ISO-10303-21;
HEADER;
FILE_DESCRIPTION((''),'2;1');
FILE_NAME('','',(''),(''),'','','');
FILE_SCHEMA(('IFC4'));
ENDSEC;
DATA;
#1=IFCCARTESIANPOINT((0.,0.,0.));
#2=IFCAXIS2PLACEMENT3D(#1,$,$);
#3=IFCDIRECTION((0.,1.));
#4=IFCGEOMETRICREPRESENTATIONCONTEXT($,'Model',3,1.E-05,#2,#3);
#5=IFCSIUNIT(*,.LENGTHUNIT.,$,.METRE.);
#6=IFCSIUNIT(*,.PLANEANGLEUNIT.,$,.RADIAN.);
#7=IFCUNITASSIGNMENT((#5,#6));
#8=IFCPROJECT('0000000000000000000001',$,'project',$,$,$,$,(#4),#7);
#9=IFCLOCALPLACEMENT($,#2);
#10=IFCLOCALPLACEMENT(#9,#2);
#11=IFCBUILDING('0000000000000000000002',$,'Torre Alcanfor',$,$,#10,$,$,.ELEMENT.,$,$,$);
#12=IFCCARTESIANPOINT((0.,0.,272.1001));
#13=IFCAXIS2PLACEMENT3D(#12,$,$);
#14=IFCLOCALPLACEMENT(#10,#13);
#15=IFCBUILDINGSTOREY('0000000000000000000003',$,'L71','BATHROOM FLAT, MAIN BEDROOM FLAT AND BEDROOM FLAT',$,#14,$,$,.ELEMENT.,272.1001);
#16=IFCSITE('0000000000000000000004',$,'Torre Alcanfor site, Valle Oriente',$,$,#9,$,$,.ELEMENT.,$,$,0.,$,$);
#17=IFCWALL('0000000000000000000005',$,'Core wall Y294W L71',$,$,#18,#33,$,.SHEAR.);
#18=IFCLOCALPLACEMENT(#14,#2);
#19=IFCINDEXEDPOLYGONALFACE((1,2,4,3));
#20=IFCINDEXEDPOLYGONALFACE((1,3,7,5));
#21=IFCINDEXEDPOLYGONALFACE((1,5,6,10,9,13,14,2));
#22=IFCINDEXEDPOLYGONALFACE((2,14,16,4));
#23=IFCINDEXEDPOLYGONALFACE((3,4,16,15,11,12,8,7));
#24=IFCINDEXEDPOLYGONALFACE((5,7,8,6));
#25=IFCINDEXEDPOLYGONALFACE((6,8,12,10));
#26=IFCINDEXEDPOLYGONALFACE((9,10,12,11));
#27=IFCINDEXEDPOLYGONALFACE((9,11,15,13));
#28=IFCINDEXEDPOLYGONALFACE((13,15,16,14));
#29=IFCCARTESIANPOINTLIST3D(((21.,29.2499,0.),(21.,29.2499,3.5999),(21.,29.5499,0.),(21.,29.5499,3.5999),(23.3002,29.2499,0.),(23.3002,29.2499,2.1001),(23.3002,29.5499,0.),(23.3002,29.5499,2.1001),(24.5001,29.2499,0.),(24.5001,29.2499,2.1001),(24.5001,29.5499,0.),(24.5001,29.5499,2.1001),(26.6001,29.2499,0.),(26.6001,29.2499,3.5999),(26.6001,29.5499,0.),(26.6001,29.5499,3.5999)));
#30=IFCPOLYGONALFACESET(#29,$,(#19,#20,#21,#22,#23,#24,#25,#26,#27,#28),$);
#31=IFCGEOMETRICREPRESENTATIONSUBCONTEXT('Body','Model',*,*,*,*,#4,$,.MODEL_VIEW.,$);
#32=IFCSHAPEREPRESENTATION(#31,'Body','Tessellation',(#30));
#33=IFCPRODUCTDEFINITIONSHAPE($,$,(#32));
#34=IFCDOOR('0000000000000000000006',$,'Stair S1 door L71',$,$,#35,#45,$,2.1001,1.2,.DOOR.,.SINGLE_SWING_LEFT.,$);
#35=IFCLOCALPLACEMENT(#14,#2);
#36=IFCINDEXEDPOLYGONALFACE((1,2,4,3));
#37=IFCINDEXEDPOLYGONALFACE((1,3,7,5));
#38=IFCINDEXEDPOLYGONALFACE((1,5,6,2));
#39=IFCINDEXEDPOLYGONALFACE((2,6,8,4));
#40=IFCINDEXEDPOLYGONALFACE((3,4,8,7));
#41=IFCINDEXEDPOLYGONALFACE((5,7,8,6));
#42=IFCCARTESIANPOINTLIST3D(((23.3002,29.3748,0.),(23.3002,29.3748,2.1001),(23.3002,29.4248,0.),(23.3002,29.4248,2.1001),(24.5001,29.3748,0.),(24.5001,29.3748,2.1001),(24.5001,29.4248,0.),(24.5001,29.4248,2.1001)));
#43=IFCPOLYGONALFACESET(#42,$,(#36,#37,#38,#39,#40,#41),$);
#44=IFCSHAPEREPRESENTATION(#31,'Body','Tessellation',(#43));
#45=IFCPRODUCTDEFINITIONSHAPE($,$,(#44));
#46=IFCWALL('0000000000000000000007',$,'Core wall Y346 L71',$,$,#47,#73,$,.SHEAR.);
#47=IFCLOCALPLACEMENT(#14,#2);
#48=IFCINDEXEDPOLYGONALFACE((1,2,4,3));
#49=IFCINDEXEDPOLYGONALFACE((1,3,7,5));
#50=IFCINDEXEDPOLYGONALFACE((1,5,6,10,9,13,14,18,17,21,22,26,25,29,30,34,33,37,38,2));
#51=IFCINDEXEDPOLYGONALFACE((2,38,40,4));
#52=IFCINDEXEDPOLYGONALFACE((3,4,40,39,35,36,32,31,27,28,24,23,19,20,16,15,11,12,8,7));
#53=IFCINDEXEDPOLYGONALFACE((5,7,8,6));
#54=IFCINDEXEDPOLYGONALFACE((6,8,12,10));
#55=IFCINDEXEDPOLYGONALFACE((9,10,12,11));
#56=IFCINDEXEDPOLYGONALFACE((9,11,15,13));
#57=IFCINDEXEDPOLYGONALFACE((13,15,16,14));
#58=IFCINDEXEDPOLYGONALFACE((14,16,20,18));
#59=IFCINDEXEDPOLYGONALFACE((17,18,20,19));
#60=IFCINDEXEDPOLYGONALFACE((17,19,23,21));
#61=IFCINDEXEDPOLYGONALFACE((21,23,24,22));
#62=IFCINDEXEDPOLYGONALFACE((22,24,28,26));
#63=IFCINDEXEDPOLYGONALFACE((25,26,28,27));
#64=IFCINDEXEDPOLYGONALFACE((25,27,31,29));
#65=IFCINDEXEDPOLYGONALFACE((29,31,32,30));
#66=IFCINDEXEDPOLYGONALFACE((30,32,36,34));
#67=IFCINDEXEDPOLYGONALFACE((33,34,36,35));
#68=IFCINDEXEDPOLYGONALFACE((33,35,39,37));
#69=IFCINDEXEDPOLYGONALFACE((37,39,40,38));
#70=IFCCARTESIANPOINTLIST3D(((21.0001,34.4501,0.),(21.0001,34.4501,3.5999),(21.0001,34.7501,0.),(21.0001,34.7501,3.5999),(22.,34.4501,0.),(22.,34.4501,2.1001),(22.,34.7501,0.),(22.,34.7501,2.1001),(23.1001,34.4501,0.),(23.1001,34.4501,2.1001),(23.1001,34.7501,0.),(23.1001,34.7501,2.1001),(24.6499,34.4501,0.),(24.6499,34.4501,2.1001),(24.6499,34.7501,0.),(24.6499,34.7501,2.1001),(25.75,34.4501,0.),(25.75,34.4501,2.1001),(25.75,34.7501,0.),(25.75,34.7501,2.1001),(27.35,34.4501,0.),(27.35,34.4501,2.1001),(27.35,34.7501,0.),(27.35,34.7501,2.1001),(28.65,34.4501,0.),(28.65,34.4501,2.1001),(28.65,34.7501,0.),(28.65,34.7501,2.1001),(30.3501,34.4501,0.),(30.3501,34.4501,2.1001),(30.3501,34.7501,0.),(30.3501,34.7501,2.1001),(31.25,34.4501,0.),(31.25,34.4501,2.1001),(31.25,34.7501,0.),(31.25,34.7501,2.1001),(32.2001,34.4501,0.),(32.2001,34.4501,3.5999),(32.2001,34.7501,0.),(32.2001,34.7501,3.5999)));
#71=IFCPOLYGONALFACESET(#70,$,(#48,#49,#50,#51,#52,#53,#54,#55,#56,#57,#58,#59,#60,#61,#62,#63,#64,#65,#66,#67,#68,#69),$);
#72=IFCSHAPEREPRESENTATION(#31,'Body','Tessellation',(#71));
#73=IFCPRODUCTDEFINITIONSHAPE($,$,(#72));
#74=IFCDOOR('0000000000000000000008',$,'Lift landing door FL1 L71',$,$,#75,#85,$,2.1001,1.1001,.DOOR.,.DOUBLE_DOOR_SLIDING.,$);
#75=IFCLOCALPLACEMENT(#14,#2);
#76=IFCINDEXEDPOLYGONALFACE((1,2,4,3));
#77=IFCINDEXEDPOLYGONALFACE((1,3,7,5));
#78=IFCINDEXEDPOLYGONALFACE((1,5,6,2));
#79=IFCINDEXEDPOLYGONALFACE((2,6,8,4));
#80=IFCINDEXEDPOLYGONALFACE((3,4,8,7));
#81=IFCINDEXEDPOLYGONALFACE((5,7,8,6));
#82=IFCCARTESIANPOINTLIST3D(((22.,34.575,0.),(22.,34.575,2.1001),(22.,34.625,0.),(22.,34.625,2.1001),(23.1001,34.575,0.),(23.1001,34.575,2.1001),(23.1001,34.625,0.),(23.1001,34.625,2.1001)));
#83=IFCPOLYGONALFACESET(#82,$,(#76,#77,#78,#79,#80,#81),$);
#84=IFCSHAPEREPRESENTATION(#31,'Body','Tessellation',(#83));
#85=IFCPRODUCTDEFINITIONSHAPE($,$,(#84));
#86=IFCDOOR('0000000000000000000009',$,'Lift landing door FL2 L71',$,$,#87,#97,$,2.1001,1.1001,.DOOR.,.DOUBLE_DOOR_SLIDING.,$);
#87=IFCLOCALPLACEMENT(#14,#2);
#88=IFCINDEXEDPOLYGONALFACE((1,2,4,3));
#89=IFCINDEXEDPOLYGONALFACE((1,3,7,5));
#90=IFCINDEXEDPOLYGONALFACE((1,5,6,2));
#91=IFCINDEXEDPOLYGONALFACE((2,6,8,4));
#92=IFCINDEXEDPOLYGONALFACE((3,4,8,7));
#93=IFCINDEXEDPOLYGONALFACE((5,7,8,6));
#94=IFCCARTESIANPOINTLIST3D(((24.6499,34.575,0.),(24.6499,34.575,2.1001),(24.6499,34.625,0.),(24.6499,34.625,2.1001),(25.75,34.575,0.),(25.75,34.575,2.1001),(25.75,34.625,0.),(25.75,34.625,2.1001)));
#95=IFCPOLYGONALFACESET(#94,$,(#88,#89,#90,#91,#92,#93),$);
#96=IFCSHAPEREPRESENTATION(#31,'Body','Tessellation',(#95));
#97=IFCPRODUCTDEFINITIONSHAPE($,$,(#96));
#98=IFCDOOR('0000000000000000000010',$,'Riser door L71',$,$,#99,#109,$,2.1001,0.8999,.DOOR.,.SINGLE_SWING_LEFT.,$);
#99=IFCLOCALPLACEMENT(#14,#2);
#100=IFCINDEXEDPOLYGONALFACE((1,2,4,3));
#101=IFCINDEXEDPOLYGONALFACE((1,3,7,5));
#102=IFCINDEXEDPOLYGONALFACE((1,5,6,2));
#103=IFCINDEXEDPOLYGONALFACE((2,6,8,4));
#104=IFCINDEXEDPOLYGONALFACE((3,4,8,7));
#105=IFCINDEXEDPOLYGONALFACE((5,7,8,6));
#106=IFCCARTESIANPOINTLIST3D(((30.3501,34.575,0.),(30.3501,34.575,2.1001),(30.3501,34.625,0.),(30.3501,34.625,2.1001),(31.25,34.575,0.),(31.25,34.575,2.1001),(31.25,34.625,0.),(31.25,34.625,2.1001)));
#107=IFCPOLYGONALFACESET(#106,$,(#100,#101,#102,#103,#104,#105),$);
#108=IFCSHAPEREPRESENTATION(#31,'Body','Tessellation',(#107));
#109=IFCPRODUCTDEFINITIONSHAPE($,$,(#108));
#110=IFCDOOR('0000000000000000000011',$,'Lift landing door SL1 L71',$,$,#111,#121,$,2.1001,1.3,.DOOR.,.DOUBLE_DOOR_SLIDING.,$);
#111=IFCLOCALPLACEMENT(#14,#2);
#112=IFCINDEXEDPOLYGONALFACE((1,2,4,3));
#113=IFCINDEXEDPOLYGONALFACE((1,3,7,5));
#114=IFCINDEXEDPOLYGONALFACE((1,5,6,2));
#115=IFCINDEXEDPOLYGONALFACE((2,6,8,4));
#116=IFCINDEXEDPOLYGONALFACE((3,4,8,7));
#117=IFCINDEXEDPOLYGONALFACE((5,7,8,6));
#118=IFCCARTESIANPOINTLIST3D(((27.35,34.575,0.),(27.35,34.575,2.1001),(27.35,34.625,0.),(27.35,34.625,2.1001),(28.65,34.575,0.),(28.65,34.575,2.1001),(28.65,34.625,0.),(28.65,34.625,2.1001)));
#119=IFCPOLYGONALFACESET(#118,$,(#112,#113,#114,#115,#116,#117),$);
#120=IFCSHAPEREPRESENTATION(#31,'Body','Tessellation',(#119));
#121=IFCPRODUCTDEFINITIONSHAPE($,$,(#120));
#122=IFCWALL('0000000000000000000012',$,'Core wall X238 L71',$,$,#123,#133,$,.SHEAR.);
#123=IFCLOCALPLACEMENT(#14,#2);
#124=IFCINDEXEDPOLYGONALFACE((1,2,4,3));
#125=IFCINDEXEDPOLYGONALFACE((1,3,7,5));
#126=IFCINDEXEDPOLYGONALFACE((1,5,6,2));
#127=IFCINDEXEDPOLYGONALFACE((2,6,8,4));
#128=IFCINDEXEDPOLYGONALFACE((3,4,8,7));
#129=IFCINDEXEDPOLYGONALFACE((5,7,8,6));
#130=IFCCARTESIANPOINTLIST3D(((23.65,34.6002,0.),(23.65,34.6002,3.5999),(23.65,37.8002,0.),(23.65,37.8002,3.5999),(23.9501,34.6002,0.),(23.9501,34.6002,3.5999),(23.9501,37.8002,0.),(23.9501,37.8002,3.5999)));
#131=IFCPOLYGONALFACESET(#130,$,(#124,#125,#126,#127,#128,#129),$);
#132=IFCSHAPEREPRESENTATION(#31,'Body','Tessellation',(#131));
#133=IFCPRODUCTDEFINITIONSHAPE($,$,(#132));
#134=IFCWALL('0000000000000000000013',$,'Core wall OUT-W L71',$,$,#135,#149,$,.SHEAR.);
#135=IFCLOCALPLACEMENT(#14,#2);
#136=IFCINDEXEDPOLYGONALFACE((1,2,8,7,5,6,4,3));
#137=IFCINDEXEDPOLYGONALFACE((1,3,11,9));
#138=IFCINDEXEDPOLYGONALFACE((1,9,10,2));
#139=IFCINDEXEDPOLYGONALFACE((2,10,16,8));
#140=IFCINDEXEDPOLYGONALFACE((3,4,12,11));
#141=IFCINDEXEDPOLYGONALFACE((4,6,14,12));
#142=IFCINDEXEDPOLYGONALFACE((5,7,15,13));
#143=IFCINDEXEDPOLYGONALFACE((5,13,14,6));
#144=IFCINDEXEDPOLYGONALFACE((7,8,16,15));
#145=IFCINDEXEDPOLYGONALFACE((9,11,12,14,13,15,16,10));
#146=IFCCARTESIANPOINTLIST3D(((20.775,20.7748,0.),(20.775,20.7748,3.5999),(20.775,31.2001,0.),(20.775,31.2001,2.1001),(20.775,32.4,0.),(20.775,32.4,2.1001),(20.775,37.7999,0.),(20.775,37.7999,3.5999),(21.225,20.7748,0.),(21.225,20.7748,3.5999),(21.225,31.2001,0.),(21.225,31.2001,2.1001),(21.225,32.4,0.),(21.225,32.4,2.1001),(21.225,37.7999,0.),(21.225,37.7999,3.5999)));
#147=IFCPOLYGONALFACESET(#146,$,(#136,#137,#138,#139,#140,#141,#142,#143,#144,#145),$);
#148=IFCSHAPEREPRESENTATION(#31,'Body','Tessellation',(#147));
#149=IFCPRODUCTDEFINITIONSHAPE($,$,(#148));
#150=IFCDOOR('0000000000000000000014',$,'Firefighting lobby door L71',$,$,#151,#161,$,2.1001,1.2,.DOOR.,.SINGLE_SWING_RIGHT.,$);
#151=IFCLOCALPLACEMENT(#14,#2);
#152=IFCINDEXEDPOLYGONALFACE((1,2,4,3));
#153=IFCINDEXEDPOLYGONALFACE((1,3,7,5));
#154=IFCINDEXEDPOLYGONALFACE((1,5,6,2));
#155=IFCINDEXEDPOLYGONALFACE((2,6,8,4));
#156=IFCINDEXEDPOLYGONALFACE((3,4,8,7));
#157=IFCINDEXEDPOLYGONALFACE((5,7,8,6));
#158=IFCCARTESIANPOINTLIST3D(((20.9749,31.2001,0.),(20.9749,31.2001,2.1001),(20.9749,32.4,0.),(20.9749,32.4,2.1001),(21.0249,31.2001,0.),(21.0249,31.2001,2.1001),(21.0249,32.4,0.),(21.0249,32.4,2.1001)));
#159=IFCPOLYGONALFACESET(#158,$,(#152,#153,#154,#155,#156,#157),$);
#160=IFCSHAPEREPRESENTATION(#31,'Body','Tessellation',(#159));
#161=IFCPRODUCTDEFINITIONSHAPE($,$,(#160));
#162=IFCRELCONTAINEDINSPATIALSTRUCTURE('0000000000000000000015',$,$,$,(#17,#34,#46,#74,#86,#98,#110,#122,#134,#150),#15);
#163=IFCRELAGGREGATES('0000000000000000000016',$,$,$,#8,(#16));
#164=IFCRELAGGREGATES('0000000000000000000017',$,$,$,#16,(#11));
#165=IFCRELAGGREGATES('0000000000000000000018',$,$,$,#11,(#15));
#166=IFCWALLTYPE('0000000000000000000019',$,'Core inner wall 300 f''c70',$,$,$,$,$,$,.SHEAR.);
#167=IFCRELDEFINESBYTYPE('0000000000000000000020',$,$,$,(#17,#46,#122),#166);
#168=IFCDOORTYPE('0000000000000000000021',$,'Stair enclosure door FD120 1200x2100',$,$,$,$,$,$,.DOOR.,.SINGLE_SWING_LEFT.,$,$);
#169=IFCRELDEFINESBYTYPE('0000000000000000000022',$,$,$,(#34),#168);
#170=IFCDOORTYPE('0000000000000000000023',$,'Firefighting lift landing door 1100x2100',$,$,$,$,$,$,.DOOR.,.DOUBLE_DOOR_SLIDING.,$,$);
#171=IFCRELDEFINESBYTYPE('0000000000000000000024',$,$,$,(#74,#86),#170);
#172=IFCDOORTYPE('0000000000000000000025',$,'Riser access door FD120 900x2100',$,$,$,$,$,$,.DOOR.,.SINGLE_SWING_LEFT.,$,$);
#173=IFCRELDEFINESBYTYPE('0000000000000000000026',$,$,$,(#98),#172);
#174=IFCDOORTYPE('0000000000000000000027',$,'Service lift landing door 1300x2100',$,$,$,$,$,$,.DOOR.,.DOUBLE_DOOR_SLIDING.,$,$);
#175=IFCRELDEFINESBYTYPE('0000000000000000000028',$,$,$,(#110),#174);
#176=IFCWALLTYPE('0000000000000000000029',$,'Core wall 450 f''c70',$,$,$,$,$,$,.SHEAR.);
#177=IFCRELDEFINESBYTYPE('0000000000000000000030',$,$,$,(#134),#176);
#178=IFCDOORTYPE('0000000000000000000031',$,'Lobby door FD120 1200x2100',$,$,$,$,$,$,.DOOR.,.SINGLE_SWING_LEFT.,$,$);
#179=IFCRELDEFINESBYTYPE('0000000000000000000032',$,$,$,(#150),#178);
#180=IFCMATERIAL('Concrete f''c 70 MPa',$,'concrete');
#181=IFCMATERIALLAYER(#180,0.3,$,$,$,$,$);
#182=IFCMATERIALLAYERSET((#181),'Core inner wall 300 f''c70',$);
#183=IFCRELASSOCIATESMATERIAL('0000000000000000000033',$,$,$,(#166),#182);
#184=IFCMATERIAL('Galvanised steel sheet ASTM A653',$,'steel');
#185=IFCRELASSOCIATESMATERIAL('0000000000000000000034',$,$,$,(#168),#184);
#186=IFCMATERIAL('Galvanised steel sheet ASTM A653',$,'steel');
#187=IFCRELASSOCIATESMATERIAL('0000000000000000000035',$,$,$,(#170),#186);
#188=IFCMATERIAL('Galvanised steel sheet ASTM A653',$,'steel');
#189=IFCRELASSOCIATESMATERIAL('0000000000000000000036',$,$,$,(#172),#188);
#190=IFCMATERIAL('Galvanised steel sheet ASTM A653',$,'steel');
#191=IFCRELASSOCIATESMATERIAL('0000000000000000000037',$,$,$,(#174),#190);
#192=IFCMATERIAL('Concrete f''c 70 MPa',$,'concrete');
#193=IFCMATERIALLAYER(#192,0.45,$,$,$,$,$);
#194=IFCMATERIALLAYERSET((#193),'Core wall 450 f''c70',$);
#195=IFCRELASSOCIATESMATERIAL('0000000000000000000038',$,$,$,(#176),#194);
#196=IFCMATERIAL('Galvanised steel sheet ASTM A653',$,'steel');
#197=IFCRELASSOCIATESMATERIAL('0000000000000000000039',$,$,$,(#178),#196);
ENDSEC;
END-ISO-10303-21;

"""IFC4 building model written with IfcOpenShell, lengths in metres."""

from ifc_helpers import new_model, si_unit, direction, frame, frame_2d, origin, place, context, subcontext, project, spatial, rectangle, extrude, material, layer, layer_set, type_object, element, fill, save


model = new_model("IFC4")

# Units and contexts
model_context = context("Model", 3, precision=1e-05, world=origin(), true_north=direction((0.0, 1.0)))
body_context = subcontext(model_context, "Body", "Model", "MODEL_VIEW")
ifc_project = project(units=[si_unit("LENGTHUNIT", "METRE"), si_unit("PLANEANGLEUNIT", "RADIAN")], contexts=[model_context])

# Site, building, storey
site_placement = place(None, origin())
site = spatial("IfcSite", under=ifc_project, at=site_placement, Name="Torre Alcanfor site, Valle Oriente", CompositionType="ELEMENT", RefElevation=0.0)
building_placement = place(site_placement, origin())
building = spatial("IfcBuilding", under=site, at=building_placement, Name="Torre Alcanfor", CompositionType="ELEMENT")
storey_placement = place(building_placement, frame((0.0, 0.0, 272.1001)))
storey = spatial("IfcBuildingStorey", under=building, at=storey_placement, Name="L71", Description="BATHROOM FLAT, MAIN BEDROOM FLAT AND BEDROOM FLAT", CompositionType="ELEMENT", Elevation=272.1001)

# Wall, opening, door
ifc_material_1 = material(Name="Concrete f'c 70 MPa", Category="concrete")
ifc_layer_1 = layer(ifc_material_1, 0.3)
ifc_layer_set_1 = layer_set([ifc_layer_1], Name="Core inner wall 300 f'c70")
wall_type_1 = type_object("IfcWallType", Name="Core inner wall 300 f'c70", PredefinedType="SHEAR", material=ifc_layer_set_1)
wall_1_placement = place(storey_placement, frame((21.0, 29.3999, 0.0), z_axis=(0.0, 0.0, 1.0), x_axis=(1.0, 0.0, 0.0)))
wall_1 = element("IfcWall", 1, at=wall_1_placement, inside=storey, type_object=wall_type_1, Name="Core wall Y294W L71", PredefinedType="SHEAR", context=body_context, shape_type="SweptSolid", body=[
    extrude(rectangle(XDim=5.6001, YDim=0.3, at=frame_2d((2.8, 0.0))), origin(), (0.0, 0.0, 1.0), 3.5999),
])
opening_1_placement = place(wall_1_placement, frame((2.3, 0.0, 0.0)))
opening_1 = element("IfcOpeningElement", 2, at=opening_1_placement, cuts=wall_1, PredefinedType="OPENING", context=body_context, shape_type="SweptSolid", body=[
    extrude(rectangle(XDim=1.2, YDim=2.1001, at=frame_2d((0.6001, 1.05))), frame((0.0, 0.1599, 0.0), z_axis=(0.0, -1.0, 0.0), x_axis=(1.0, 0.0, 0.0)), (0.0, 0.0, 1.0), 0.3201),
])
ifc_material_2 = material(Name="Galvanised steel sheet ASTM A653", Category="steel")
door_type_1 = type_object("IfcDoorType", Name="Stair enclosure door FD120 1200x2100", OperationType="SINGLE_SWING_LEFT", PredefinedType="DOOR", material=ifc_material_2)
door_1_placement = place(opening_1_placement, frame((1.2, 0.0, 0.0), z_axis=(0.0, 0.0, 1.0), x_axis=(-1.0, 0.0, 0.0)))
door_1 = element("IfcDoor", 3, at=door_1_placement, inside=storey, type_object=door_type_1, Name="Stair S1 door L71", OperationType="SINGLE_SWING_LEFT", OverallHeight=2.1001, OverallWidth=1.2, PredefinedType="DOOR", context=body_context, shape_type="SweptSolid", body=[
    extrude(rectangle(XDim=1.2, YDim=2.1001, at=frame_2d((0.5999, 1.05))), frame((0.0, 0.0251, 0.0), z_axis=(0.0, -1.0, 0.0), x_axis=(1.0, 0.0, 0.0)), (0.0, 0.0, 1.0), 0.05),
])
fill(opening_1, door_1)

# Wall, openings, doors
wall_2_placement = place(storey_placement, frame((21.0, 34.6001, 0.0), z_axis=(0.0, 0.0, 1.0), x_axis=(1.0, 0.0, 0.0)))
wall_2 = element("IfcWall", 4, at=wall_2_placement, inside=storey, type_object=wall_type_1, Name="Core wall Y346 L71", PredefinedType="SHEAR", context=body_context, shape_type="SweptSolid", body=[
    extrude(rectangle(XDim=11.2, YDim=0.3, at=frame_2d((5.6001, 0.0))), origin(), (0.0, 0.0, 1.0), 3.5999),
])
opening_2_placement = place(wall_2_placement, frame((9.3501, 0.0, 0.0)))
opening_2 = element("IfcOpeningElement", 5, at=opening_2_placement, cuts=wall_2, PredefinedType="OPENING", context=body_context, shape_type="SweptSolid", body=[
    extrude(rectangle(XDim=0.8999, YDim=2.1001, at=frame_2d((0.45, 1.05))), frame((0.0, 0.1599, 0.0), z_axis=(0.0, -1.0, 0.0), x_axis=(1.0, 0.0, 0.0)), (0.0, 0.0, 1.0), 0.3201),
])
opening_3_placement = place(wall_2_placement, frame((1.0, 0.0, 0.0)))
opening_3 = element("IfcOpeningElement", 6, at=opening_3_placement, cuts=wall_2, PredefinedType="OPENING", context=body_context, shape_type="SweptSolid", body=[
    extrude(rectangle(XDim=1.1001, YDim=2.1001, at=frame_2d((0.55, 1.05))), frame((0.0, 0.1599, 0.0), z_axis=(0.0, -1.0, 0.0), x_axis=(1.0, 0.0, 0.0)), (0.0, 0.0, 1.0), 0.3201),
])
opening_4_placement = place(wall_2_placement, frame((3.6499, 0.0, 0.0)))
opening_4 = element("IfcOpeningElement", 7, at=opening_4_placement, cuts=wall_2, PredefinedType="OPENING", context=body_context, shape_type="SweptSolid", body=[
    extrude(rectangle(XDim=1.1001, YDim=2.1001, at=frame_2d((0.55, 1.05))), frame((0.0, 0.1599, 0.0), z_axis=(0.0, -1.0, 0.0), x_axis=(1.0, 0.0, 0.0)), (0.0, 0.0, 1.0), 0.3201),
])
opening_5_placement = place(wall_2_placement, frame((6.3501, 0.0, 0.0)))
opening_5 = element("IfcOpeningElement", 8, at=opening_5_placement, cuts=wall_2, PredefinedType="OPENING", context=body_context, shape_type="SweptSolid", body=[
    extrude(rectangle(XDim=1.3, YDim=2.1001, at=frame_2d((0.6499, 1.05))), frame((0.0, 0.1599, 0.0), z_axis=(0.0, -1.0, 0.0), x_axis=(1.0, 0.0, 0.0)), (0.0, 0.0, 1.0), 0.3201),
])
ifc_material_3 = material(Name="Galvanised steel sheet ASTM A653", Category="steel")
door_type_2 = type_object("IfcDoorType", Name="Firefighting lift landing door 1100x2100", OperationType="DOUBLE_DOOR_SLIDING", PredefinedType="DOOR", material=ifc_material_3)
door_2_placement = place(opening_3_placement, origin())
door_2 = element("IfcDoor", 9, at=door_2_placement, inside=storey, type_object=door_type_2, Name="Lift landing door FL1 L71", OperationType="DOUBLE_DOOR_SLIDING", OverallHeight=2.1001, OverallWidth=1.1001, PredefinedType="DOOR", context=body_context, shape_type="SweptSolid", body=[
    extrude(rectangle(XDim=1.1001, YDim=2.1001, at=frame_2d((0.55, 1.05))), frame((0.0, 0.0249, 0.0), z_axis=(0.0, -1.0, 0.0), x_axis=(1.0, 0.0, 0.0)), (0.0, 0.0, 1.0), 0.05),
])
fill(opening_3, door_2)
door_3_placement = place(opening_4_placement, origin())
door_3 = element("IfcDoor", 10, at=door_3_placement, inside=storey, type_object=door_type_2, Name="Lift landing door FL2 L71", OperationType="DOUBLE_DOOR_SLIDING", OverallHeight=2.1001, OverallWidth=1.1001, PredefinedType="DOOR", context=body_context, shape_type="SweptSolid", body=[
    extrude(rectangle(XDim=1.1001, YDim=2.1001, at=frame_2d((0.55, 1.05))), frame((0.0, 0.0249, 0.0), z_axis=(0.0, -1.0, 0.0), x_axis=(1.0, 0.0, 0.0)), (0.0, 0.0, 1.0), 0.05),
])
fill(opening_4, door_3)
ifc_material_4 = material(Name="Galvanised steel sheet ASTM A653", Category="steel")
door_type_3 = type_object("IfcDoorType", Name="Riser access door FD120 900x2100", OperationType="SINGLE_SWING_LEFT", PredefinedType="DOOR", material=ifc_material_4)
door_4_placement = place(opening_2_placement, origin())
door_4 = element("IfcDoor", 11, at=door_4_placement, inside=storey, type_object=door_type_3, Name="Riser door L71", OperationType="SINGLE_SWING_LEFT", OverallHeight=2.1001, OverallWidth=0.8999, PredefinedType="DOOR", context=body_context, shape_type="SweptSolid", body=[
    extrude(rectangle(XDim=0.8999, YDim=2.1001, at=frame_2d((0.45, 1.05))), frame((0.0, 0.0249, 0.0), z_axis=(0.0, -1.0, 0.0), x_axis=(1.0, 0.0, 0.0)), (0.0, 0.0, 1.0), 0.05),
])
fill(opening_2, door_4)
ifc_material_5 = material(Name="Galvanised steel sheet ASTM A653", Category="steel")
door_type_4 = type_object("IfcDoorType", Name="Service lift landing door 1300x2100", OperationType="DOUBLE_DOOR_SLIDING", PredefinedType="DOOR", material=ifc_material_5)
door_5_placement = place(opening_5_placement, origin())
door_5 = element("IfcDoor", 12, at=door_5_placement, inside=storey, type_object=door_type_4, Name="Lift landing door SL1 L71", OperationType="DOUBLE_DOOR_SLIDING", OverallHeight=2.1001, OverallWidth=1.3, PredefinedType="DOOR", context=body_context, shape_type="SweptSolid", body=[
    extrude(rectangle(XDim=1.3, YDim=2.1001, at=frame_2d((0.6499, 1.05))), frame((0.0, 0.0249, 0.0), z_axis=(0.0, -1.0, 0.0), x_axis=(1.0, 0.0, 0.0)), (0.0, 0.0, 1.0), 0.05),
])
fill(opening_5, door_5)

# Wall
wall_3_placement = place(storey_placement, frame((23.8, 34.6001, 0.0), z_axis=(0.0, 0.0, 1.0), x_axis=(0.0, 1.0, 0.0)))
element("IfcWall", 13, at=wall_3_placement, inside=storey, type_object=wall_type_1, Name="Core wall X238 L71", PredefinedType="SHEAR", context=body_context, shape_type="SweptSolid", body=[
    extrude(rectangle(XDim=3.2, YDim=0.3, at=frame_2d((1.6001, 0.0))), origin(), (0.0, 0.0, 1.0), 3.5999),
])

# Wall, opening, door
ifc_material_6 = material(Name="Concrete f'c 70 MPa", Category="concrete")
ifc_layer_2 = layer(ifc_material_6, 0.45)
ifc_layer_set_2 = layer_set([ifc_layer_2], Name="Core wall 450 f'c70")
wall_type_2 = type_object("IfcWallType", Name="Core wall 450 f'c70", PredefinedType="SHEAR", material=ifc_layer_set_2)
wall_4_placement = place(storey_placement, frame((21.0, 37.8, 0.0), z_axis=(0.0, 0.0, 1.0), x_axis=(0.0, -1.0, 0.0)))
wall_4 = element("IfcWall", 14, at=wall_4_placement, inside=storey, type_object=wall_type_2, Name="Core wall OUT-W L71", PredefinedType="SHEAR", context=body_context, shape_type="SweptSolid", body=[
    extrude(rectangle(XDim=17.0251, YDim=0.45, at=frame_2d((8.5127, 0.0))), origin(), (0.0, 0.0, 1.0), 3.5999),
])
opening_6_placement = place(wall_4_placement, frame((5.3999, 0.0, 0.0)))
opening_6 = element("IfcOpeningElement", 15, at=opening_6_placement, cuts=wall_4, PredefinedType="OPENING", context=body_context, shape_type="SweptSolid", body=[
    extrude(rectangle(XDim=1.2, YDim=2.1001, at=frame_2d((0.6001, 1.05))), frame((0.0, 0.2349, 0.0), z_axis=(0.0, -1.0, 0.0), x_axis=(1.0, 0.0, 0.0)), (0.0, 0.0, 1.0), 0.47),
])
ifc_material_7 = material(Name="Galvanised steel sheet ASTM A653", Category="steel")
door_type_5 = type_object("IfcDoorType", Name="Lobby door FD120 1200x2100", OperationType="SINGLE_SWING_LEFT", PredefinedType="DOOR", material=ifc_material_7)
door_6_placement = place(opening_6_placement, origin())
door_6 = element("IfcDoor", 16, at=door_6_placement, inside=storey, type_object=door_type_5, Name="Firefighting lobby door L71", OperationType="SINGLE_SWING_RIGHT", OverallHeight=2.1001, OverallWidth=1.2, PredefinedType="DOOR", context=body_context, shape_type="SweptSolid", body=[
    extrude(rectangle(XDim=1.2, YDim=2.1001, at=frame_2d((0.6001, 1.05))), frame((0.0, 0.0249, 0.0), z_axis=(0.0, -1.0, 0.0), x_axis=(1.0, 0.0, 0.0)), (0.0, 0.0, 1.0), 0.05),
])
fill(opening_6, door_6)

save(model, "model.ifc")
